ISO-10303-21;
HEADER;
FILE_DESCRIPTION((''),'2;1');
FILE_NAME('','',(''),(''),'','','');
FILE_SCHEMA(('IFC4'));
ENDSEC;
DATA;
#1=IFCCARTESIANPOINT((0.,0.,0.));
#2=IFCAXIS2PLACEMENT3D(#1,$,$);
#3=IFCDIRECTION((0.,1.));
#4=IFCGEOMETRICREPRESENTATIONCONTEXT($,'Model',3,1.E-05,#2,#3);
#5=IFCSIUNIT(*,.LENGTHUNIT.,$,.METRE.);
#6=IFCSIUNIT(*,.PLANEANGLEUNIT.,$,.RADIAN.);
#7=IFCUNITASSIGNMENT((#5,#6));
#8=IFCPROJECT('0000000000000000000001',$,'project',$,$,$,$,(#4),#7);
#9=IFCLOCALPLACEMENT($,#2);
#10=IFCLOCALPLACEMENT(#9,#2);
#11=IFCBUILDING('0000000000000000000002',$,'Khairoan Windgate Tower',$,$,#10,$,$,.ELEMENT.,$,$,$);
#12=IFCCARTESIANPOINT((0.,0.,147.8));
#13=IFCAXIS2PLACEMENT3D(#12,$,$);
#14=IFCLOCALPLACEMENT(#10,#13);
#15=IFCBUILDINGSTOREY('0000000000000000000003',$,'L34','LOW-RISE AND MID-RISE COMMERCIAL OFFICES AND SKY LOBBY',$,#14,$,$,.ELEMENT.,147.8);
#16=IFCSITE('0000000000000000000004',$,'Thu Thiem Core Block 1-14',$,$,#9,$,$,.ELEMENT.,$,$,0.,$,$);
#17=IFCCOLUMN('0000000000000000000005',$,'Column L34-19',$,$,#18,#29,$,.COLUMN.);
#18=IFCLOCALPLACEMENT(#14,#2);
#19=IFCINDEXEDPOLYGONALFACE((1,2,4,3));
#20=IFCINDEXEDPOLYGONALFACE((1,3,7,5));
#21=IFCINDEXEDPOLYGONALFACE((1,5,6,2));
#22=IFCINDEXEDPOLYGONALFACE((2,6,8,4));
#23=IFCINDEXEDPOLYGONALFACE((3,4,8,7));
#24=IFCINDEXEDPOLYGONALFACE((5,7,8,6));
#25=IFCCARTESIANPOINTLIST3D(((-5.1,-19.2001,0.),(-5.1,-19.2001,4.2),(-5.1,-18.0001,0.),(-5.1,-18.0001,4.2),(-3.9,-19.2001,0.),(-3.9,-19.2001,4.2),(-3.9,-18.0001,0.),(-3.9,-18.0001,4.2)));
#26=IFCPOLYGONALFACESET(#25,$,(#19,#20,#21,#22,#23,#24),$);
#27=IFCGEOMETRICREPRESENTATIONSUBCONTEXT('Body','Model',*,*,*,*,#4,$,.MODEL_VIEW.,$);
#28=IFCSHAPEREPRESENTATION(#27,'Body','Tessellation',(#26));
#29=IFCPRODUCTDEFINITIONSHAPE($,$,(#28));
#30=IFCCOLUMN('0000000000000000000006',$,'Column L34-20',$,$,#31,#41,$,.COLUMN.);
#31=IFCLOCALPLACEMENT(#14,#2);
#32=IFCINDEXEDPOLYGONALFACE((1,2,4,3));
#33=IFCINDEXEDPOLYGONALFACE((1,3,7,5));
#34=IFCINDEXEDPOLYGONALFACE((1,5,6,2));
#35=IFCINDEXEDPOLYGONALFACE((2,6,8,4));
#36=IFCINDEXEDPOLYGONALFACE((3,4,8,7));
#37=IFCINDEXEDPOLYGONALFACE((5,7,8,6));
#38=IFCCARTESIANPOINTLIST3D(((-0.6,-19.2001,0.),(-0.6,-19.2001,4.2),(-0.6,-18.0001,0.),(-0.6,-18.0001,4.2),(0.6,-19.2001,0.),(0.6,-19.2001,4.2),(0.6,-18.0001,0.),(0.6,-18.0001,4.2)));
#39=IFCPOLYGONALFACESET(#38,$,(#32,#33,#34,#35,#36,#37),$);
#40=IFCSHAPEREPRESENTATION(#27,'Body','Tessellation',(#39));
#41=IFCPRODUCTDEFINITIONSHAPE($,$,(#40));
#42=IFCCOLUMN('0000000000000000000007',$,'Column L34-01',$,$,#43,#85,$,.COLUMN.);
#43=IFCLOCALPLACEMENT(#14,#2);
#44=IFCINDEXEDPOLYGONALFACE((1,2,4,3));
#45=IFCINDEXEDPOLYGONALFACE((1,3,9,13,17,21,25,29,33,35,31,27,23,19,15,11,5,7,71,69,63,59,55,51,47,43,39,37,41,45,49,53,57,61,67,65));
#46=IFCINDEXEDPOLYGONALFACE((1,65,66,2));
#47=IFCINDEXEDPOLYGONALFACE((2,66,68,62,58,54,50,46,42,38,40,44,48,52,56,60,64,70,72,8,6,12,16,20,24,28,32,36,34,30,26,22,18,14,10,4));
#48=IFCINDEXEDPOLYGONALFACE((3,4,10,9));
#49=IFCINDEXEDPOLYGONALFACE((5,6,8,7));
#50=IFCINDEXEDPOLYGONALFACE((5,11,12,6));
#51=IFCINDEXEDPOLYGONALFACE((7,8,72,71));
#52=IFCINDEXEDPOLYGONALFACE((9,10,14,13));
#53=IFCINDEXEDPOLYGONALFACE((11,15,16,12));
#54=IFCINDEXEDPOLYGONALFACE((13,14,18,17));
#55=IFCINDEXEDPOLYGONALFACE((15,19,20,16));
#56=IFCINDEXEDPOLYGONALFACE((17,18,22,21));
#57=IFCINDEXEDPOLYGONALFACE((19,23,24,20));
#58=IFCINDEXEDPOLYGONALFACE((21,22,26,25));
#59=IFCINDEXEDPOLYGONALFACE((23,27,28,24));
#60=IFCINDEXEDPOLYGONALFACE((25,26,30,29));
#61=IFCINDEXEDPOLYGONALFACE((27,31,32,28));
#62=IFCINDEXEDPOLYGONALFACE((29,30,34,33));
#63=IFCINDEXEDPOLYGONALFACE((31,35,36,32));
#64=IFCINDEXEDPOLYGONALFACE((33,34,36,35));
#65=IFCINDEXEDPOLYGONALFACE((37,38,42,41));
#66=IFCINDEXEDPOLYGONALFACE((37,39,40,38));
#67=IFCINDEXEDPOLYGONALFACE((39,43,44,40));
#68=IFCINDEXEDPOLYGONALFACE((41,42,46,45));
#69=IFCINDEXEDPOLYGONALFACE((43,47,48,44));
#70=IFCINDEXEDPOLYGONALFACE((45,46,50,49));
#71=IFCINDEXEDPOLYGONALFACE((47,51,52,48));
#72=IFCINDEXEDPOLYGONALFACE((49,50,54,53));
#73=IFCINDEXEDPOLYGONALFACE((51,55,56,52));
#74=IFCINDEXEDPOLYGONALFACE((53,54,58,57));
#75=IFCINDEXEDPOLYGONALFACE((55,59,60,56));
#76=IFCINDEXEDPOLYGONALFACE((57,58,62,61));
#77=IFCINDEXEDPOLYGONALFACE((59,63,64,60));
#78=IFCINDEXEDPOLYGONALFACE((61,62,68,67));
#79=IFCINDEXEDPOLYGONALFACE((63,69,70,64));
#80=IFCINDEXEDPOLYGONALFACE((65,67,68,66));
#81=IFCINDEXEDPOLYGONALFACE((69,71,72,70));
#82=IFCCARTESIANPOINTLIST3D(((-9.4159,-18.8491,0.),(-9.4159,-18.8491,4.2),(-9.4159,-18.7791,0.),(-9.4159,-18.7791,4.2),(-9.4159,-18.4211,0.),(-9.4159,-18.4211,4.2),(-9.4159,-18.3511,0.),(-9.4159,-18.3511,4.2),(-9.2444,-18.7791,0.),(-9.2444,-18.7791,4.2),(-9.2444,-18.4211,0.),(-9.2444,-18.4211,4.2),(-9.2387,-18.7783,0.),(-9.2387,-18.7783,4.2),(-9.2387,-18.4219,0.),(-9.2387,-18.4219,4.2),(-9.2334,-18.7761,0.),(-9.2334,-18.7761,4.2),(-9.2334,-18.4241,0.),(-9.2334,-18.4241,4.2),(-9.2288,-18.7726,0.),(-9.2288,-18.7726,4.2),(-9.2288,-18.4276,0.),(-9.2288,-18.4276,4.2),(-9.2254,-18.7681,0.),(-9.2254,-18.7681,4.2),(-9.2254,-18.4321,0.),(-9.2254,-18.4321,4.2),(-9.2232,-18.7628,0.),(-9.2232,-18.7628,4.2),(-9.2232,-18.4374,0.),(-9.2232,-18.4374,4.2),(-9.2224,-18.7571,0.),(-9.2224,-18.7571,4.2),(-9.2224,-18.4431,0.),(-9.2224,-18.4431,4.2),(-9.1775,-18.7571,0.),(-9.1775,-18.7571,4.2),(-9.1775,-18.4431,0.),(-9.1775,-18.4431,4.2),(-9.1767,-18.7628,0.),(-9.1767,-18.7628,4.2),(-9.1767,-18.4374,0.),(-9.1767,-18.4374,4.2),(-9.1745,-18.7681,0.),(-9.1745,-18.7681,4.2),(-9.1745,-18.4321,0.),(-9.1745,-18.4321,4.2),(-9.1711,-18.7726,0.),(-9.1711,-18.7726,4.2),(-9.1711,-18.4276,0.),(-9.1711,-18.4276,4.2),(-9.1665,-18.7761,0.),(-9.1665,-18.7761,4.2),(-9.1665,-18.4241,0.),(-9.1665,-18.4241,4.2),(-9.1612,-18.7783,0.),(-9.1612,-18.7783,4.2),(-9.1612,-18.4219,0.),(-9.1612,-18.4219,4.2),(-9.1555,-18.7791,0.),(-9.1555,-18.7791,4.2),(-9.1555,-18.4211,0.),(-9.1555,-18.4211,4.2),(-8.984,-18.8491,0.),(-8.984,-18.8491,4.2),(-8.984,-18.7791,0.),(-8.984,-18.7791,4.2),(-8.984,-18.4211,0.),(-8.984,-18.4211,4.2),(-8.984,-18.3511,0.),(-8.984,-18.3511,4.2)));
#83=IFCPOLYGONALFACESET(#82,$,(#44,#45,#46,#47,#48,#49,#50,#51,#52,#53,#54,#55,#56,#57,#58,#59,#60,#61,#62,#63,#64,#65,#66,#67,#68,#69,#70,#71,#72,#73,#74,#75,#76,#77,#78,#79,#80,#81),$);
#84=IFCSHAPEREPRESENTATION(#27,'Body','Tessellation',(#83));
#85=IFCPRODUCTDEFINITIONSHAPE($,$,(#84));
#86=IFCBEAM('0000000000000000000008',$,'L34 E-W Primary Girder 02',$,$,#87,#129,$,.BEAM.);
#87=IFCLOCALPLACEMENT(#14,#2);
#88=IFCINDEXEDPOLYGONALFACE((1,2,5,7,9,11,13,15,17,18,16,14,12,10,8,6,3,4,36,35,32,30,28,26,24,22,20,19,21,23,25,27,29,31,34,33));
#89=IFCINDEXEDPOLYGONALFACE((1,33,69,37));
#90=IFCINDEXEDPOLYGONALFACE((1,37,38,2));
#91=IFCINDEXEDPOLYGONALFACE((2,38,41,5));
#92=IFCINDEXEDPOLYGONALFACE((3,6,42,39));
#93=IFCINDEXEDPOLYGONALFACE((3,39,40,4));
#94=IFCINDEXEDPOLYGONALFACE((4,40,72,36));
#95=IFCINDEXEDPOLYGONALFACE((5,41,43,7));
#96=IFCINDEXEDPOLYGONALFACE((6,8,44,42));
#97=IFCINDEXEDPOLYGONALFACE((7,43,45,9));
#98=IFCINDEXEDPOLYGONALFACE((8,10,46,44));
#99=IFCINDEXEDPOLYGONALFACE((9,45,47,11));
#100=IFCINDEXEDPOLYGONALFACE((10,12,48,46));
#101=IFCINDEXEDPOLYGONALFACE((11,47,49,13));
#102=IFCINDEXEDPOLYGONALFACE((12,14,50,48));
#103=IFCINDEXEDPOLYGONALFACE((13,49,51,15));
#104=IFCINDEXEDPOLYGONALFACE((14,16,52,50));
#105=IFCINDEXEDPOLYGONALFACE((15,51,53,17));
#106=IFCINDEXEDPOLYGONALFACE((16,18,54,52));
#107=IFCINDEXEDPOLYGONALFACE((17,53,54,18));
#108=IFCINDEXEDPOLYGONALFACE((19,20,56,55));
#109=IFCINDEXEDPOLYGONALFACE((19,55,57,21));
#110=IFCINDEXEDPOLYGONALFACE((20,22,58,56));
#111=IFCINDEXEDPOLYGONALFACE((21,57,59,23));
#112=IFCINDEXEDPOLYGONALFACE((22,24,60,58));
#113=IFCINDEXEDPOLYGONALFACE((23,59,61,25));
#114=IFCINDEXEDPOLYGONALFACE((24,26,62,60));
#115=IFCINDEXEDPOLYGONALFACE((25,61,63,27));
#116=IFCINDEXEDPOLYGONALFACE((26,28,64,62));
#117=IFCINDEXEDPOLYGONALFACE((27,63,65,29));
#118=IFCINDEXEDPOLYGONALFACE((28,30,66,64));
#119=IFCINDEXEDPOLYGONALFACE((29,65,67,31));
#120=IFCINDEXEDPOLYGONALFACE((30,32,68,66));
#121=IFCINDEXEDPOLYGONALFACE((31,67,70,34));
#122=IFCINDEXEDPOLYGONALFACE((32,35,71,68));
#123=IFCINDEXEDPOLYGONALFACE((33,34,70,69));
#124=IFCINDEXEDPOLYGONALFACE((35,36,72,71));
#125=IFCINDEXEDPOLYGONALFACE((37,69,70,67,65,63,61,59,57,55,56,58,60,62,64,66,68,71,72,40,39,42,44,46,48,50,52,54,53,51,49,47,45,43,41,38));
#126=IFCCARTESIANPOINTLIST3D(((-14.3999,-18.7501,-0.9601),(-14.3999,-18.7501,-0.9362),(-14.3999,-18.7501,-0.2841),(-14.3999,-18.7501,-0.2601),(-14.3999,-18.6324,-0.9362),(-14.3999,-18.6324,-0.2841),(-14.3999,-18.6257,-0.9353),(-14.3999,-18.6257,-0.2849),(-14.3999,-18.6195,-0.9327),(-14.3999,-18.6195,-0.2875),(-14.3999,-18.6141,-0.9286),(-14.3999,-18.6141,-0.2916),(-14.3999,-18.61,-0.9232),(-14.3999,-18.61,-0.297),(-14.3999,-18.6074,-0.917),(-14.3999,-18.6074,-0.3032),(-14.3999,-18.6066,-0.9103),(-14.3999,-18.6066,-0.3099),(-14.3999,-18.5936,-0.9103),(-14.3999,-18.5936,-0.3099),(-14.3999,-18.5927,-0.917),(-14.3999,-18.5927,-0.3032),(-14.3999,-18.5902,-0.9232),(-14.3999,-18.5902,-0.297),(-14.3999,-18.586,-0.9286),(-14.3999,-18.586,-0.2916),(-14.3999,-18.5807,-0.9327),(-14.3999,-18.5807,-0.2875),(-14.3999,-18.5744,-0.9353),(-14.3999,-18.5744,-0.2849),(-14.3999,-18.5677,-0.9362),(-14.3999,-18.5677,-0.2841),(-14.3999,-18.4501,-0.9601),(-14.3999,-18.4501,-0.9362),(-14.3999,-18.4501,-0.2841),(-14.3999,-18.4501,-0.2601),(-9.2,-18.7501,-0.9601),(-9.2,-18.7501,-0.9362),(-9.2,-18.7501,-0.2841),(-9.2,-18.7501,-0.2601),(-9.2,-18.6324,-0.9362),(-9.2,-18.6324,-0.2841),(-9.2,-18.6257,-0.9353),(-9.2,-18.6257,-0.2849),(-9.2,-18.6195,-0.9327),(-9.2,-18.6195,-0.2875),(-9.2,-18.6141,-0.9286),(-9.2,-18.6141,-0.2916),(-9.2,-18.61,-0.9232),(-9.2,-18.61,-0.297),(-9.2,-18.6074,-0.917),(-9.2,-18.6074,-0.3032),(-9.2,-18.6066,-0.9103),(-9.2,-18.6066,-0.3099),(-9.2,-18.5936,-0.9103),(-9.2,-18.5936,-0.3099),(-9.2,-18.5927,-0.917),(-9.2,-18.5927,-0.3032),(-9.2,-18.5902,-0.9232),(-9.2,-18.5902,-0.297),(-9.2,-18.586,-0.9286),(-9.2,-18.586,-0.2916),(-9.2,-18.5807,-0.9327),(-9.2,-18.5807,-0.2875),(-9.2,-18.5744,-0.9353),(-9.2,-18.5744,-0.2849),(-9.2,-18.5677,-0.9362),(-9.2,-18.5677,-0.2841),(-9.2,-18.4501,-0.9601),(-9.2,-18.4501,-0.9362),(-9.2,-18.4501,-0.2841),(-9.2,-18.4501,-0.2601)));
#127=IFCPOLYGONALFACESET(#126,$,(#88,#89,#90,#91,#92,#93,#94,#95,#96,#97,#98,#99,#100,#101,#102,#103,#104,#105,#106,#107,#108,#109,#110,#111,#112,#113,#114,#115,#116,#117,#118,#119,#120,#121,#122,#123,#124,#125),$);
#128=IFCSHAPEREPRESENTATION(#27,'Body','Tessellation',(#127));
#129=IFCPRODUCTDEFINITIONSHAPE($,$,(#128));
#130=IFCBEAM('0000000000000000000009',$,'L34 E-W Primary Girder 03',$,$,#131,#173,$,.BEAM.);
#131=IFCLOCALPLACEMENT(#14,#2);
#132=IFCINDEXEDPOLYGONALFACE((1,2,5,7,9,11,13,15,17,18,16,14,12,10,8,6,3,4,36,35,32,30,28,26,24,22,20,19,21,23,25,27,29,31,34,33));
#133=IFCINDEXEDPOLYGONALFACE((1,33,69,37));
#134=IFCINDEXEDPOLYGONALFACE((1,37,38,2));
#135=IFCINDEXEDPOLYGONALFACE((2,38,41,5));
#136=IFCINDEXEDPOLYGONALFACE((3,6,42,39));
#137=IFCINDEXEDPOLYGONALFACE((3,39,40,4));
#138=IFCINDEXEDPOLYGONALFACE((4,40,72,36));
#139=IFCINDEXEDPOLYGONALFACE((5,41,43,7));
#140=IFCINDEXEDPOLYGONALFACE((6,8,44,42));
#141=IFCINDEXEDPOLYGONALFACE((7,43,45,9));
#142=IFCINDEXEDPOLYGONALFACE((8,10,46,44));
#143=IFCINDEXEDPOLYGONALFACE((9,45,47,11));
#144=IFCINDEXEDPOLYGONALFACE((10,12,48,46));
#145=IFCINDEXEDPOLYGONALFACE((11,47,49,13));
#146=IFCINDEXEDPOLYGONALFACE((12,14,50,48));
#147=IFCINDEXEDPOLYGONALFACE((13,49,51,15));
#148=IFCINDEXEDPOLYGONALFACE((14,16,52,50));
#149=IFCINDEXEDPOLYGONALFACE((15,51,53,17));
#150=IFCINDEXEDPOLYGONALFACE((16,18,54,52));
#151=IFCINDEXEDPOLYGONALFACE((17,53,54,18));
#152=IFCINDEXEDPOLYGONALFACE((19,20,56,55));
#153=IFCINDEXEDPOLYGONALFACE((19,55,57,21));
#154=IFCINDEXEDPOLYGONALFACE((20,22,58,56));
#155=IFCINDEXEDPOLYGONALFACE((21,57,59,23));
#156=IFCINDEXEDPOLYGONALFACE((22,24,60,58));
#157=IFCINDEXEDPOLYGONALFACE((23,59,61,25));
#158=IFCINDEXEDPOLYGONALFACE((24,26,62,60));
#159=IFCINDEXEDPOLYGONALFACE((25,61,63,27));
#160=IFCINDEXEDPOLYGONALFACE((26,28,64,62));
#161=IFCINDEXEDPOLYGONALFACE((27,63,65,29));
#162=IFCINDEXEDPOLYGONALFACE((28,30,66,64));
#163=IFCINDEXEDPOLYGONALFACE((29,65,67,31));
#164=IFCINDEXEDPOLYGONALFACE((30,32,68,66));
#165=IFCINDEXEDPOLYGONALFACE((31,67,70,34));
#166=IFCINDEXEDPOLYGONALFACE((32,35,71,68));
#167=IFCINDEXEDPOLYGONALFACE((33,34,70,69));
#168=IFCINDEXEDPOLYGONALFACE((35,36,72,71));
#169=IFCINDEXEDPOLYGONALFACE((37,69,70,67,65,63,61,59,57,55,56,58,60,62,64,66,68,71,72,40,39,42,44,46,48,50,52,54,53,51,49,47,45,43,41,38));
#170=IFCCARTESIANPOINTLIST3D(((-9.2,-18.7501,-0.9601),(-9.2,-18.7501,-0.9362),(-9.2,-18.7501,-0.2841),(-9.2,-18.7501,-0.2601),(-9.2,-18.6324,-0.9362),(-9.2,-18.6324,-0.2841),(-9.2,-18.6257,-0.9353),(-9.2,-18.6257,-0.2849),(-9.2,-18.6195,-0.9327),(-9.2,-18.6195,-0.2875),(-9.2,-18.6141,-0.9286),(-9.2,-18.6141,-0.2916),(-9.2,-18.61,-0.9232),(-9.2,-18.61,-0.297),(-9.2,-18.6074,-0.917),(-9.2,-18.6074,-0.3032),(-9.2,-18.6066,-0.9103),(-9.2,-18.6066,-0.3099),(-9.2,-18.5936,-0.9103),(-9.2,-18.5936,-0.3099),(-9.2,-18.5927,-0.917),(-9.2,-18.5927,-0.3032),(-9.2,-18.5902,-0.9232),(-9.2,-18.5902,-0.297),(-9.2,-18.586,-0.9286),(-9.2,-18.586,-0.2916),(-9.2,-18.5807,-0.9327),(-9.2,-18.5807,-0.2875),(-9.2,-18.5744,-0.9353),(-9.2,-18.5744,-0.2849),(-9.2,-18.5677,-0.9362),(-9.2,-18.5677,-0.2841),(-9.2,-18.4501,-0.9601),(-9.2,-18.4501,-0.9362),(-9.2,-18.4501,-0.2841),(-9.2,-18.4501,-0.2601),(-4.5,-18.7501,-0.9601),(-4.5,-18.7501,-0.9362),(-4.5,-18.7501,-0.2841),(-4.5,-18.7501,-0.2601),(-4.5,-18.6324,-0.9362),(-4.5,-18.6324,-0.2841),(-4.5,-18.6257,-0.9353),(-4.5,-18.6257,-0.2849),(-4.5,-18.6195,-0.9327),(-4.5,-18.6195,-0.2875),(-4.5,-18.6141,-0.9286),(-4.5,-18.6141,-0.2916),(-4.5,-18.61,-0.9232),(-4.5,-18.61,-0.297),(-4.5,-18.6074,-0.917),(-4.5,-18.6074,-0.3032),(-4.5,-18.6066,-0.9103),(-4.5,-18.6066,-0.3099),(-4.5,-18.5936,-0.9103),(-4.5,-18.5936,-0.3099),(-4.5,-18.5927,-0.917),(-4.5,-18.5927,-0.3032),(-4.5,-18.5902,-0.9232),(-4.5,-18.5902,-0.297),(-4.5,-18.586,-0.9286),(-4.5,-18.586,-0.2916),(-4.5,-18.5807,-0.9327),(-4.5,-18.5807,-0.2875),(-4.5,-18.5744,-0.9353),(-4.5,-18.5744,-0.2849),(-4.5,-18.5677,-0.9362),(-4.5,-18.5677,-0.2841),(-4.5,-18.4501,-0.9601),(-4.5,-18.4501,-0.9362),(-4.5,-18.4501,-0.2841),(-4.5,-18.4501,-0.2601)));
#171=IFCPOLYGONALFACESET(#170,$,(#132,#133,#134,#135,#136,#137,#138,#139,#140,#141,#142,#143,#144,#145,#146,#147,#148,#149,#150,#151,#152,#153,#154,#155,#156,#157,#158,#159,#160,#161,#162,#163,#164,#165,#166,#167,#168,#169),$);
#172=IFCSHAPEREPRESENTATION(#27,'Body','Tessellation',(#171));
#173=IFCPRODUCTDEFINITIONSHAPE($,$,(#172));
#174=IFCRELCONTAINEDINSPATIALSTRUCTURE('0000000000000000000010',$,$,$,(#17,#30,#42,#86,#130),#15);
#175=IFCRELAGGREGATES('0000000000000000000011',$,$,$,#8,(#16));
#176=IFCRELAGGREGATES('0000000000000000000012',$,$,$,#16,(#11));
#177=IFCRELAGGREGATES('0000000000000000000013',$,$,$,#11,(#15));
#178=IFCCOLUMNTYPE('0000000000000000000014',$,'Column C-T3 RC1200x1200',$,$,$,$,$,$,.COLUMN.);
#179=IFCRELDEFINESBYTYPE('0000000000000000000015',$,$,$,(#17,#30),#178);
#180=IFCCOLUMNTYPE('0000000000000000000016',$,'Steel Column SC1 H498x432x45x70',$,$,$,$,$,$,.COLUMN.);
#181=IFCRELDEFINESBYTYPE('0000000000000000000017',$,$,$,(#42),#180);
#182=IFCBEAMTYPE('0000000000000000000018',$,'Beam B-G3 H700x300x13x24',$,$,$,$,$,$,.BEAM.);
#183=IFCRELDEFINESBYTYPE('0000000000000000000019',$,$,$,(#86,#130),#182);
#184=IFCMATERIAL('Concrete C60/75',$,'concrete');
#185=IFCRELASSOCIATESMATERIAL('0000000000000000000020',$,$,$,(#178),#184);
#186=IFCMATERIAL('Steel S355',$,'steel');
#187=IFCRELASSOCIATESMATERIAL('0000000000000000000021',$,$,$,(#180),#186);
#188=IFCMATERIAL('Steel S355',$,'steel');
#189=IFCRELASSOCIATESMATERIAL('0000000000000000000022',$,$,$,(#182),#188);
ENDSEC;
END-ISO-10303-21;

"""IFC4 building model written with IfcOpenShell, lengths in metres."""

from ifc_helpers import new_model, si_unit, direction, frame, origin, origin_2d, place, context, subcontext, project, spatial, rectangle, i_section, extrude, material, material_profile, profile_set, type_object, element, save


model = new_model("IFC4")

# Units and contexts
model_context = context("Model", 3, precision=1e-05, world=origin(), true_north=direction((0.0, 1.0)))
body_context = subcontext(model_context, "Body", "Model", "MODEL_VIEW")
ifc_project = project(units=[si_unit("LENGTHUNIT", "METRE"), si_unit("PLANEANGLEUNIT", "RADIAN")], contexts=[model_context])

# Site, building, storey
site_placement = place(None, origin())
site = spatial("IfcSite", under=ifc_project, at=site_placement, Name="Thu Thiem Core Block 1-14", CompositionType="ELEMENT", RefElevation=0.0)
building_placement = place(site_placement, origin())
building = spatial("IfcBuilding", under=site, at=building_placement, Name="Khairoan Windgate Tower", CompositionType="ELEMENT")
storey_placement = place(building_placement, frame((0.0, 0.0, 147.8)))
storey = spatial("IfcBuildingStorey", under=building, at=storey_placement, Name="L34", Description="LOW-RISE AND MID-RISE COMMERCIAL OFFICES AND SKY LOBBY", CompositionType="ELEMENT", Elevation=147.8)

# Columns
ifc_material_1 = material(Name="Concrete C60/75", Category="concrete")
ifc_material_profile_1 = material_profile(ifc_material_1, rectangle(XDim=1.2, YDim=1.2, at=origin_2d()))
ifc_profile_set_1 = profile_set([ifc_material_profile_1], Name="Concrete C60/75")
column_type_1 = type_object("IfcColumnType", Name="Column C-T3 RC1200x1200", PredefinedType="COLUMN", material=ifc_profile_set_1)
for number, where, z_axis, x_axis, name in (
    (1, (-4.5, -18.6001, 0.0), (0.0, 0.0, 1.0), (1.0, 0.0, 0.0), "Column L34-19"),
    (2, (0.0, -18.6001, 0.0), (0.0, 0.0, 1.0), (1.0, 0.0, 0.0), "Column L34-20"),
):
    element("IfcColumn", number, at=place(storey_placement, frame(where, z_axis=z_axis, x_axis=x_axis)), inside=storey, type_object=column_type_1, Name=name, PredefinedType="COLUMN", context=body_context, shape_type="SweptSolid", body=[
        extrude(rectangle(XDim=1.2, YDim=1.2, at=origin_2d()), origin(), (0.0, 0.0, 1.0), 4.2),
    ])
ifc_material_2 = material(Name="Steel S355", Category="steel")
ifc_material_profile_2 = material_profile(ifc_material_2, i_section(OverallWidth=0.4319, OverallDepth=0.498, WebThickness=0.0449, FlangeThickness=0.0701, FilletRadius=0.022, at=origin_2d()))
ifc_profile_set_2 = profile_set([ifc_material_profile_2], Name="Steel S355")
column_type_2 = type_object("IfcColumnType", Name="Steel Column SC1 H498x432x45x70", PredefinedType="COLUMN", material=ifc_profile_set_2)
column_placement = place(storey_placement, frame((-9.2, -18.6001, 0.0), z_axis=(0.0, 0.0, 1.0), x_axis=(1.0, 0.0, 0.0)))
element("IfcColumn", 3, at=column_placement, inside=storey, type_object=column_type_2, Name="Column L34-01", PredefinedType="COLUMN", context=body_context, shape_type="SweptSolid", body=[
    extrude(i_section(OverallWidth=0.4319, OverallDepth=0.498, WebThickness=0.0449, FlangeThickness=0.0701, FilletRadius=0.022, at=origin_2d()), origin(), (0.0, 0.0, 1.0), 4.2),
])

# Beams
ifc_material_3 = material(Name="Steel S355", Category="steel")
ifc_material_profile_3 = material_profile(ifc_material_3, i_section(OverallWidth=0.3, OverallDepth=0.7, WebThickness=0.0129, FlangeThickness=0.0239, FilletRadius=0.0259, at=origin_2d()))
ifc_profile_set_3 = profile_set([ifc_material_profile_3], Name="Steel S355")
beam_type_1 = type_object("IfcBeamType", Name="Beam B-G3 H700x300x13x24", PredefinedType="BEAM", material=ifc_profile_set_3)
beam_1_placement = place(storey_placement, frame((-14.3999, -18.6001, -0.6101), z_axis=(1.0, 0.0, 0.0), x_axis=(0.0, 1.0, 0.0)))
element("IfcBeam", 4, at=beam_1_placement, inside=storey, type_object=beam_type_1, Name="L34 E-W Primary Girder 02", PredefinedType="BEAM", context=body_context, shape_type="SweptSolid", body=[
    extrude(i_section(OverallWidth=0.3, OverallDepth=0.7, WebThickness=0.0129, FlangeThickness=0.0239, FilletRadius=0.0259, at=origin_2d()), origin(), (0.0, 0.0, 1.0), 5.2),
])
beam_2_placement = place(storey_placement, frame((-9.2, -18.6001, -0.6101), z_axis=(1.0, 0.0, 0.0), x_axis=(0.0, 1.0, 0.0)))
element("IfcBeam", 5, at=beam_2_placement, inside=storey, type_object=beam_type_1, Name="L34 E-W Primary Girder 03", PredefinedType="BEAM", context=body_context, shape_type="SweptSolid", body=[
    extrude(i_section(OverallWidth=0.3, OverallDepth=0.7, WebThickness=0.0129, FlangeThickness=0.0239, FilletRadius=0.0259, at=origin_2d()), origin(), (0.0, 0.0, 1.0), 4.7),
])

save(model, "model.ifc")
